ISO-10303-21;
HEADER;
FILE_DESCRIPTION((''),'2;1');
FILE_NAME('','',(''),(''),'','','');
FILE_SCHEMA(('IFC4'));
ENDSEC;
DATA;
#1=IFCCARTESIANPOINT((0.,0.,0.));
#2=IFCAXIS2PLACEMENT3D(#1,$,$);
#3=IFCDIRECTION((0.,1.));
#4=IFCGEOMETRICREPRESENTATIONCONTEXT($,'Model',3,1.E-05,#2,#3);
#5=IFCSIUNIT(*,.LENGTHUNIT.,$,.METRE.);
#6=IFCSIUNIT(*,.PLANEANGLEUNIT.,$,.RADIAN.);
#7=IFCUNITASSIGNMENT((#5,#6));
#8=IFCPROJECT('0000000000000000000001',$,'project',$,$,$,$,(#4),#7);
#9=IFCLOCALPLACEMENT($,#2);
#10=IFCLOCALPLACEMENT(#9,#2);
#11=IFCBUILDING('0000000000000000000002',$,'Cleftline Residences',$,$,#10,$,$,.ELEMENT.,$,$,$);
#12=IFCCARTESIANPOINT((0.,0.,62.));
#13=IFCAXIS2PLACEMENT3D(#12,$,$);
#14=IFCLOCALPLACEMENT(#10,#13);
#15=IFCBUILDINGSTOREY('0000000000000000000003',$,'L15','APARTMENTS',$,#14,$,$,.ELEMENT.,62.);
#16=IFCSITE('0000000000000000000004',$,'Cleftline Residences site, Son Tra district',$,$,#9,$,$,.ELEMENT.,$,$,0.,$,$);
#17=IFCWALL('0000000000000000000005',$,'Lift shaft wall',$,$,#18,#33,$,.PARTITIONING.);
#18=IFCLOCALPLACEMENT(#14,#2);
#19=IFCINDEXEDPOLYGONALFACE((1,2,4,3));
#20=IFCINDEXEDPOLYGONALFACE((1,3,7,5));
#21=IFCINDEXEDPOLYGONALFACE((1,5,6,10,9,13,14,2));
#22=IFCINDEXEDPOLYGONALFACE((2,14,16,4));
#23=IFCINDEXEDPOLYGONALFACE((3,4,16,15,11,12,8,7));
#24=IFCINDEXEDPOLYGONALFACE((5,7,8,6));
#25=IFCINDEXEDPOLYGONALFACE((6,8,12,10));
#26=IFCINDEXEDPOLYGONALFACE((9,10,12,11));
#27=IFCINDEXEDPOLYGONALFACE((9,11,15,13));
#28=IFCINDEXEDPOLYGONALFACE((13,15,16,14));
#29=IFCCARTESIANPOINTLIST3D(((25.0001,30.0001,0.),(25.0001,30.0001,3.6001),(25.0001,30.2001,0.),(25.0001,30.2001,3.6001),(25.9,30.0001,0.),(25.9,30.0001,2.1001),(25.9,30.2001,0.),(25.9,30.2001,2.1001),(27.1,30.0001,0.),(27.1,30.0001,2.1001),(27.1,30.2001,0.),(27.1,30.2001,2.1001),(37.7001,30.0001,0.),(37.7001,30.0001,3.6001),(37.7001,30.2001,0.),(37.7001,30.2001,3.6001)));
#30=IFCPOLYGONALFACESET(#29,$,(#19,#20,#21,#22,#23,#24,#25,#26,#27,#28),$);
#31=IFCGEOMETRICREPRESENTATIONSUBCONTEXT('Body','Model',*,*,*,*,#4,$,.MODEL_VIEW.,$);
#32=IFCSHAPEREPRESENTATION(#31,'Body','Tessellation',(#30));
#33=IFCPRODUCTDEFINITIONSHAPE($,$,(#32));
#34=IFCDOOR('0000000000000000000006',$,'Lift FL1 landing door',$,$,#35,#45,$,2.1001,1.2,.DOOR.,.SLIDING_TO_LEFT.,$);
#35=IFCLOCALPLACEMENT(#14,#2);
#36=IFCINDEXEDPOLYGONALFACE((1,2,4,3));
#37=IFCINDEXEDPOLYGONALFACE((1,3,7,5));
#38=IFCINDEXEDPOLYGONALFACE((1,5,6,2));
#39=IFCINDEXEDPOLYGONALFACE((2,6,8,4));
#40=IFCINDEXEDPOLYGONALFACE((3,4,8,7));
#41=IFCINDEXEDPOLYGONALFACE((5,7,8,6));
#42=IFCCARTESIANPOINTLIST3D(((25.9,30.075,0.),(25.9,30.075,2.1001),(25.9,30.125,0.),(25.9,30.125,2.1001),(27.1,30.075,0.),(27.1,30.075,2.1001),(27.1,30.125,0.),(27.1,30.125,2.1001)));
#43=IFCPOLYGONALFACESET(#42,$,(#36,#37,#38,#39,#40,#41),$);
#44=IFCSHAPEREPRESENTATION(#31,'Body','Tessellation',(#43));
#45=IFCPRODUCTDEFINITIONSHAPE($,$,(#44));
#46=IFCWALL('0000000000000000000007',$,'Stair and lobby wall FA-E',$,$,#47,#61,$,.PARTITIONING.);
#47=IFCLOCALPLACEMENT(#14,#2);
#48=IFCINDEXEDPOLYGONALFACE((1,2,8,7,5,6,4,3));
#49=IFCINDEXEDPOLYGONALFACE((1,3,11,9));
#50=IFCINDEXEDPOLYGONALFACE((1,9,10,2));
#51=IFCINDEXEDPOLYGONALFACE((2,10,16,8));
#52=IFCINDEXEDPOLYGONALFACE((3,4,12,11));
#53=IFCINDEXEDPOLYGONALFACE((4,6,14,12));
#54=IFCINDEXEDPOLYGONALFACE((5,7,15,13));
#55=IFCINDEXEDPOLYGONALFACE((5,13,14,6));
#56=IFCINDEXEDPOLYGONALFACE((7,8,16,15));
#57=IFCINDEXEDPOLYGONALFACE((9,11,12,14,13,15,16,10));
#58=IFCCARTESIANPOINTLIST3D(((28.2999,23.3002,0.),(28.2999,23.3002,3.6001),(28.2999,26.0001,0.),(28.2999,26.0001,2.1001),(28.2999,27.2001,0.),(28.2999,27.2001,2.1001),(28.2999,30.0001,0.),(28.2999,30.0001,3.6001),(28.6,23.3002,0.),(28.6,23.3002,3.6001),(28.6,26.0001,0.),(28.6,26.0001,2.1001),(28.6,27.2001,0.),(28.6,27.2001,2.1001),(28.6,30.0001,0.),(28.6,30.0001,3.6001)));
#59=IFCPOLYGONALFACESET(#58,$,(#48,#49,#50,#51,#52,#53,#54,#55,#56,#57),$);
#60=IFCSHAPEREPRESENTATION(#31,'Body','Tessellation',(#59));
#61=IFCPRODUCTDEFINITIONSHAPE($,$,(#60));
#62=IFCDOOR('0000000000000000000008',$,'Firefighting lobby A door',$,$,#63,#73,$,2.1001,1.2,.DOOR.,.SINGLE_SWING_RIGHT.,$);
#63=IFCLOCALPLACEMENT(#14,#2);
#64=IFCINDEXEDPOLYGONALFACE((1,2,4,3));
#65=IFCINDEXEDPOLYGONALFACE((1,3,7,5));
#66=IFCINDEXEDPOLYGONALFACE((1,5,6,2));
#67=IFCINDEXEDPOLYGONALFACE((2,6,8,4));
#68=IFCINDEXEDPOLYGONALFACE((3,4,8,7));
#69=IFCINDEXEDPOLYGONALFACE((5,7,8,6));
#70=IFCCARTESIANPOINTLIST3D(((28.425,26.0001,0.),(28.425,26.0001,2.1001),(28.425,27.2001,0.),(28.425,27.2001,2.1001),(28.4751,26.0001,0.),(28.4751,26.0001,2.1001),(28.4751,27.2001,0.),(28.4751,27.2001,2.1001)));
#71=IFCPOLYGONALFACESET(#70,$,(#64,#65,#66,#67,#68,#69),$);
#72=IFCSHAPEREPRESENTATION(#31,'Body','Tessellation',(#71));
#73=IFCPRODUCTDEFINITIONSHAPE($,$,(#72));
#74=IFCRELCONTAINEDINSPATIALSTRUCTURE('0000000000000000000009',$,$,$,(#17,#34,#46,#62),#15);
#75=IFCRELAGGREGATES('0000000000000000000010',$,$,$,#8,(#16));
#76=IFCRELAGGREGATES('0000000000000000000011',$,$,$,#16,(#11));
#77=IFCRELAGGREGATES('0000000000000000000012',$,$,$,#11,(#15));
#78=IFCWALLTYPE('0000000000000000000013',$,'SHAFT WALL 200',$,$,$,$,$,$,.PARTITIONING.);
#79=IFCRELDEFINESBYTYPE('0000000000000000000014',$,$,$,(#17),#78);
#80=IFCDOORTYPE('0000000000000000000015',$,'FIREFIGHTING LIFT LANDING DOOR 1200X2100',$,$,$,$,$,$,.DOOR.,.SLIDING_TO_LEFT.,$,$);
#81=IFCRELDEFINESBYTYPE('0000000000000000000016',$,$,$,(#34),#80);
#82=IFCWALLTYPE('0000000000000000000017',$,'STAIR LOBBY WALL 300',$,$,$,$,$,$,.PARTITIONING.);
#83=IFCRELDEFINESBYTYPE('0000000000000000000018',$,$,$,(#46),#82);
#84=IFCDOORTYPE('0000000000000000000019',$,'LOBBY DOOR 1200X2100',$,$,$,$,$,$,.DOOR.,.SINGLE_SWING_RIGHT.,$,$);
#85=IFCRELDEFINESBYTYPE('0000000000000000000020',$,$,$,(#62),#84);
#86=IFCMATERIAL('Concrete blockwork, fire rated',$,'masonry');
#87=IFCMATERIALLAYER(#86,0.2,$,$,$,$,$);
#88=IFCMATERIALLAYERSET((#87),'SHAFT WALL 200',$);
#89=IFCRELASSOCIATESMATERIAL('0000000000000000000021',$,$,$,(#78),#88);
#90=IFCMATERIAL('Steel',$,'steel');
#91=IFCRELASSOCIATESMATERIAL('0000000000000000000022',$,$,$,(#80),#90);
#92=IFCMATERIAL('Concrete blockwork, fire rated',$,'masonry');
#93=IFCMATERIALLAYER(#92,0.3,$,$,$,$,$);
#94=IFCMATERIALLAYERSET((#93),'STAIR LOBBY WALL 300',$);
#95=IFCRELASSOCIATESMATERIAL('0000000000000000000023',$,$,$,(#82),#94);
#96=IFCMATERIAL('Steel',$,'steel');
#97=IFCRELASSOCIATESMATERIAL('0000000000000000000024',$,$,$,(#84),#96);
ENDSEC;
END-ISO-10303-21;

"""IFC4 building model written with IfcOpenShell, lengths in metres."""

from ifc_helpers import new_model, si_unit, direction, frame, frame_2d, origin, place, context, subcontext, project, spatial, rectangle, extrude, material, layer, layer_set, type_object, element, fill, save


model = new_model("IFC4")

# Units and contexts
model_context = context("Model", 3, precision=1e-05, world=origin(), true_north=direction((0.0, 1.0)))
body_context = subcontext(model_context, "Body", "Model", "MODEL_VIEW")
ifc_project = project(units=[si_unit("LENGTHUNIT", "METRE"), si_unit("PLANEANGLEUNIT", "RADIAN")], contexts=[model_context])

# Site, building, storey
site_placement = place(None, origin())
site = spatial("IfcSite", under=ifc_project, at=site_placement, Name="Cleftline Residences site, Son Tra district", CompositionType="ELEMENT", RefElevation=0.0)
building_placement = place(site_placement, origin())
building = spatial("IfcBuilding", under=site, at=building_placement, Name="Cleftline Residences", CompositionType="ELEMENT")
storey_placement = place(building_placement, frame((0.0, 0.0, 62.0)))
storey = spatial("IfcBuildingStorey", under=building, at=storey_placement, Name="L15", Description="APARTMENTS", CompositionType="ELEMENT", Elevation=62.0)

# Walls, openings, doors
ifc_material_1 = material(Name="Concrete blockwork, fire rated", Category="masonry")
ifc_layer_1 = layer(ifc_material_1, 0.2)
ifc_layer_set_1 = layer_set([ifc_layer_1], Name="SHAFT WALL 200")
wall_type_1 = type_object("IfcWallType", Name="SHAFT WALL 200", PredefinedType="PARTITIONING", material=ifc_layer_set_1)
wall_1_placement = place(storey_placement, frame((25.0, 30.1001, 0.0), z_axis=(0.0, 0.0, 1.0), x_axis=(1.0, 0.0, 0.0)))
wall_1 = element("IfcWall", 1, at=wall_1_placement, inside=storey, type_object=wall_type_1, Name="Lift shaft wall", PredefinedType="PARTITIONING", context=body_context, shape_type="SweptSolid", body=[
    extrude(rectangle(XDim=12.7, YDim=0.2, at=frame_2d((6.3501, 0.0))), origin(), (0.0, 0.0, 1.0), 3.6001),
])
opening_1_placement = place(wall_1_placement, frame((0.8999, 0.0, 0.0)))
opening_1 = element("IfcOpeningElement", 2, at=opening_1_placement, cuts=wall_1, PredefinedType="OPENING", context=body_context, shape_type="SweptSolid", body=[
    extrude(rectangle(XDim=1.2, YDim=2.1001, at=frame_2d((0.6001, 1.05))), frame((0.0, 0.1099, 0.0), z_axis=(0.0, -1.0, 0.0), x_axis=(1.0, 0.0, 0.0)), (0.0, 0.0, 1.0), 0.22),
])
ifc_material_2 = material(Name="Steel", Category="steel")
door_type_1 = type_object("IfcDoorType", Name="FIREFIGHTING LIFT LANDING DOOR 1200X2100", OperationType="SLIDING_TO_LEFT", PredefinedType="DOOR", material=ifc_material_2)
door_1_placement = place(opening_1_placement, origin())
door_1 = element("IfcDoor", 3, at=door_1_placement, inside=storey, type_object=door_type_1, Name="Lift FL1 landing door", OperationType="SLIDING_TO_LEFT", OverallHeight=2.1001, OverallWidth=1.2, PredefinedType="DOOR", context=body_context, shape_type="SweptSolid", body=[
    extrude(rectangle(XDim=1.2, YDim=2.1001, at=frame_2d((0.6001, 1.05))), frame((0.0, 0.0249, 0.0), z_axis=(0.0, -1.0, 0.0), x_axis=(1.0, 0.0, 0.0)), (0.0, 0.0, 1.0), 0.05),
])
fill(opening_1, door_1)
ifc_material_3 = material(Name="Concrete blockwork, fire rated", Category="masonry")
ifc_layer_2 = layer(ifc_material_3, 0.3)
ifc_layer_set_2 = layer_set([ifc_layer_2], Name="STAIR LOBBY WALL 300")
wall_type_2 = type_object("IfcWallType", Name="STAIR LOBBY WALL 300", PredefinedType="PARTITIONING", material=ifc_layer_set_2)
wall_2_placement = place(storey_placement, frame((28.45, 23.3, 0.0), z_axis=(0.0, 0.0, 1.0), x_axis=(0.0, 1.0, 0.0)))
wall_2 = element("IfcWall", 4, at=wall_2_placement, inside=storey, type_object=wall_type_2, Name="Stair and lobby wall FA-E", PredefinedType="PARTITIONING", context=body_context, shape_type="SweptSolid", body=[
    extrude(rectangle(XDim=6.7, YDim=0.3, at=frame_2d((3.3501, 0.0))), origin(), (0.0, 0.0, 1.0), 3.6001),
])
opening_2_placement = place(wall_2_placement, frame((2.7, 0.0, 0.0)))
opening_2 = element("IfcOpeningElement", 5, at=opening_2_placement, cuts=wall_2, PredefinedType="OPENING", context=body_context, shape_type="SweptSolid", body=[
    extrude(rectangle(XDim=1.2, YDim=2.1001, at=frame_2d((0.6001, 1.05))), frame((0.0, 0.1599, 0.0), z_axis=(0.0, -1.0, 0.0), x_axis=(1.0, 0.0, 0.0)), (0.0, 0.0, 1.0), 0.3201),
])
ifc_material_4 = material(Name="Steel", Category="steel")
door_type_2 = type_object("IfcDoorType", Name="LOBBY DOOR 1200X2100", OperationType="SINGLE_SWING_RIGHT", PredefinedType="DOOR", material=ifc_material_4)
door_2_placement = place(opening_2_placement, origin())
door_2 = element("IfcDoor", 6, at=door_2_placement, inside=storey, type_object=door_type_2, Name="Firefighting lobby A door", OperationType="SINGLE_SWING_RIGHT", OverallHeight=2.1001, OverallWidth=1.2, PredefinedType="DOOR", context=body_context, shape_type="SweptSolid", body=[
    extrude(rectangle(XDim=1.2, YDim=2.1001, at=frame_2d((0.6001, 1.05))), frame((0.0, 0.0249, 0.0), z_axis=(0.0, -1.0, 0.0), x_axis=(1.0, 0.0, 0.0)), (0.0, 0.0, 1.0), 0.05),
])
fill(opening_2, door_2)

save(model, "model.ifc")
